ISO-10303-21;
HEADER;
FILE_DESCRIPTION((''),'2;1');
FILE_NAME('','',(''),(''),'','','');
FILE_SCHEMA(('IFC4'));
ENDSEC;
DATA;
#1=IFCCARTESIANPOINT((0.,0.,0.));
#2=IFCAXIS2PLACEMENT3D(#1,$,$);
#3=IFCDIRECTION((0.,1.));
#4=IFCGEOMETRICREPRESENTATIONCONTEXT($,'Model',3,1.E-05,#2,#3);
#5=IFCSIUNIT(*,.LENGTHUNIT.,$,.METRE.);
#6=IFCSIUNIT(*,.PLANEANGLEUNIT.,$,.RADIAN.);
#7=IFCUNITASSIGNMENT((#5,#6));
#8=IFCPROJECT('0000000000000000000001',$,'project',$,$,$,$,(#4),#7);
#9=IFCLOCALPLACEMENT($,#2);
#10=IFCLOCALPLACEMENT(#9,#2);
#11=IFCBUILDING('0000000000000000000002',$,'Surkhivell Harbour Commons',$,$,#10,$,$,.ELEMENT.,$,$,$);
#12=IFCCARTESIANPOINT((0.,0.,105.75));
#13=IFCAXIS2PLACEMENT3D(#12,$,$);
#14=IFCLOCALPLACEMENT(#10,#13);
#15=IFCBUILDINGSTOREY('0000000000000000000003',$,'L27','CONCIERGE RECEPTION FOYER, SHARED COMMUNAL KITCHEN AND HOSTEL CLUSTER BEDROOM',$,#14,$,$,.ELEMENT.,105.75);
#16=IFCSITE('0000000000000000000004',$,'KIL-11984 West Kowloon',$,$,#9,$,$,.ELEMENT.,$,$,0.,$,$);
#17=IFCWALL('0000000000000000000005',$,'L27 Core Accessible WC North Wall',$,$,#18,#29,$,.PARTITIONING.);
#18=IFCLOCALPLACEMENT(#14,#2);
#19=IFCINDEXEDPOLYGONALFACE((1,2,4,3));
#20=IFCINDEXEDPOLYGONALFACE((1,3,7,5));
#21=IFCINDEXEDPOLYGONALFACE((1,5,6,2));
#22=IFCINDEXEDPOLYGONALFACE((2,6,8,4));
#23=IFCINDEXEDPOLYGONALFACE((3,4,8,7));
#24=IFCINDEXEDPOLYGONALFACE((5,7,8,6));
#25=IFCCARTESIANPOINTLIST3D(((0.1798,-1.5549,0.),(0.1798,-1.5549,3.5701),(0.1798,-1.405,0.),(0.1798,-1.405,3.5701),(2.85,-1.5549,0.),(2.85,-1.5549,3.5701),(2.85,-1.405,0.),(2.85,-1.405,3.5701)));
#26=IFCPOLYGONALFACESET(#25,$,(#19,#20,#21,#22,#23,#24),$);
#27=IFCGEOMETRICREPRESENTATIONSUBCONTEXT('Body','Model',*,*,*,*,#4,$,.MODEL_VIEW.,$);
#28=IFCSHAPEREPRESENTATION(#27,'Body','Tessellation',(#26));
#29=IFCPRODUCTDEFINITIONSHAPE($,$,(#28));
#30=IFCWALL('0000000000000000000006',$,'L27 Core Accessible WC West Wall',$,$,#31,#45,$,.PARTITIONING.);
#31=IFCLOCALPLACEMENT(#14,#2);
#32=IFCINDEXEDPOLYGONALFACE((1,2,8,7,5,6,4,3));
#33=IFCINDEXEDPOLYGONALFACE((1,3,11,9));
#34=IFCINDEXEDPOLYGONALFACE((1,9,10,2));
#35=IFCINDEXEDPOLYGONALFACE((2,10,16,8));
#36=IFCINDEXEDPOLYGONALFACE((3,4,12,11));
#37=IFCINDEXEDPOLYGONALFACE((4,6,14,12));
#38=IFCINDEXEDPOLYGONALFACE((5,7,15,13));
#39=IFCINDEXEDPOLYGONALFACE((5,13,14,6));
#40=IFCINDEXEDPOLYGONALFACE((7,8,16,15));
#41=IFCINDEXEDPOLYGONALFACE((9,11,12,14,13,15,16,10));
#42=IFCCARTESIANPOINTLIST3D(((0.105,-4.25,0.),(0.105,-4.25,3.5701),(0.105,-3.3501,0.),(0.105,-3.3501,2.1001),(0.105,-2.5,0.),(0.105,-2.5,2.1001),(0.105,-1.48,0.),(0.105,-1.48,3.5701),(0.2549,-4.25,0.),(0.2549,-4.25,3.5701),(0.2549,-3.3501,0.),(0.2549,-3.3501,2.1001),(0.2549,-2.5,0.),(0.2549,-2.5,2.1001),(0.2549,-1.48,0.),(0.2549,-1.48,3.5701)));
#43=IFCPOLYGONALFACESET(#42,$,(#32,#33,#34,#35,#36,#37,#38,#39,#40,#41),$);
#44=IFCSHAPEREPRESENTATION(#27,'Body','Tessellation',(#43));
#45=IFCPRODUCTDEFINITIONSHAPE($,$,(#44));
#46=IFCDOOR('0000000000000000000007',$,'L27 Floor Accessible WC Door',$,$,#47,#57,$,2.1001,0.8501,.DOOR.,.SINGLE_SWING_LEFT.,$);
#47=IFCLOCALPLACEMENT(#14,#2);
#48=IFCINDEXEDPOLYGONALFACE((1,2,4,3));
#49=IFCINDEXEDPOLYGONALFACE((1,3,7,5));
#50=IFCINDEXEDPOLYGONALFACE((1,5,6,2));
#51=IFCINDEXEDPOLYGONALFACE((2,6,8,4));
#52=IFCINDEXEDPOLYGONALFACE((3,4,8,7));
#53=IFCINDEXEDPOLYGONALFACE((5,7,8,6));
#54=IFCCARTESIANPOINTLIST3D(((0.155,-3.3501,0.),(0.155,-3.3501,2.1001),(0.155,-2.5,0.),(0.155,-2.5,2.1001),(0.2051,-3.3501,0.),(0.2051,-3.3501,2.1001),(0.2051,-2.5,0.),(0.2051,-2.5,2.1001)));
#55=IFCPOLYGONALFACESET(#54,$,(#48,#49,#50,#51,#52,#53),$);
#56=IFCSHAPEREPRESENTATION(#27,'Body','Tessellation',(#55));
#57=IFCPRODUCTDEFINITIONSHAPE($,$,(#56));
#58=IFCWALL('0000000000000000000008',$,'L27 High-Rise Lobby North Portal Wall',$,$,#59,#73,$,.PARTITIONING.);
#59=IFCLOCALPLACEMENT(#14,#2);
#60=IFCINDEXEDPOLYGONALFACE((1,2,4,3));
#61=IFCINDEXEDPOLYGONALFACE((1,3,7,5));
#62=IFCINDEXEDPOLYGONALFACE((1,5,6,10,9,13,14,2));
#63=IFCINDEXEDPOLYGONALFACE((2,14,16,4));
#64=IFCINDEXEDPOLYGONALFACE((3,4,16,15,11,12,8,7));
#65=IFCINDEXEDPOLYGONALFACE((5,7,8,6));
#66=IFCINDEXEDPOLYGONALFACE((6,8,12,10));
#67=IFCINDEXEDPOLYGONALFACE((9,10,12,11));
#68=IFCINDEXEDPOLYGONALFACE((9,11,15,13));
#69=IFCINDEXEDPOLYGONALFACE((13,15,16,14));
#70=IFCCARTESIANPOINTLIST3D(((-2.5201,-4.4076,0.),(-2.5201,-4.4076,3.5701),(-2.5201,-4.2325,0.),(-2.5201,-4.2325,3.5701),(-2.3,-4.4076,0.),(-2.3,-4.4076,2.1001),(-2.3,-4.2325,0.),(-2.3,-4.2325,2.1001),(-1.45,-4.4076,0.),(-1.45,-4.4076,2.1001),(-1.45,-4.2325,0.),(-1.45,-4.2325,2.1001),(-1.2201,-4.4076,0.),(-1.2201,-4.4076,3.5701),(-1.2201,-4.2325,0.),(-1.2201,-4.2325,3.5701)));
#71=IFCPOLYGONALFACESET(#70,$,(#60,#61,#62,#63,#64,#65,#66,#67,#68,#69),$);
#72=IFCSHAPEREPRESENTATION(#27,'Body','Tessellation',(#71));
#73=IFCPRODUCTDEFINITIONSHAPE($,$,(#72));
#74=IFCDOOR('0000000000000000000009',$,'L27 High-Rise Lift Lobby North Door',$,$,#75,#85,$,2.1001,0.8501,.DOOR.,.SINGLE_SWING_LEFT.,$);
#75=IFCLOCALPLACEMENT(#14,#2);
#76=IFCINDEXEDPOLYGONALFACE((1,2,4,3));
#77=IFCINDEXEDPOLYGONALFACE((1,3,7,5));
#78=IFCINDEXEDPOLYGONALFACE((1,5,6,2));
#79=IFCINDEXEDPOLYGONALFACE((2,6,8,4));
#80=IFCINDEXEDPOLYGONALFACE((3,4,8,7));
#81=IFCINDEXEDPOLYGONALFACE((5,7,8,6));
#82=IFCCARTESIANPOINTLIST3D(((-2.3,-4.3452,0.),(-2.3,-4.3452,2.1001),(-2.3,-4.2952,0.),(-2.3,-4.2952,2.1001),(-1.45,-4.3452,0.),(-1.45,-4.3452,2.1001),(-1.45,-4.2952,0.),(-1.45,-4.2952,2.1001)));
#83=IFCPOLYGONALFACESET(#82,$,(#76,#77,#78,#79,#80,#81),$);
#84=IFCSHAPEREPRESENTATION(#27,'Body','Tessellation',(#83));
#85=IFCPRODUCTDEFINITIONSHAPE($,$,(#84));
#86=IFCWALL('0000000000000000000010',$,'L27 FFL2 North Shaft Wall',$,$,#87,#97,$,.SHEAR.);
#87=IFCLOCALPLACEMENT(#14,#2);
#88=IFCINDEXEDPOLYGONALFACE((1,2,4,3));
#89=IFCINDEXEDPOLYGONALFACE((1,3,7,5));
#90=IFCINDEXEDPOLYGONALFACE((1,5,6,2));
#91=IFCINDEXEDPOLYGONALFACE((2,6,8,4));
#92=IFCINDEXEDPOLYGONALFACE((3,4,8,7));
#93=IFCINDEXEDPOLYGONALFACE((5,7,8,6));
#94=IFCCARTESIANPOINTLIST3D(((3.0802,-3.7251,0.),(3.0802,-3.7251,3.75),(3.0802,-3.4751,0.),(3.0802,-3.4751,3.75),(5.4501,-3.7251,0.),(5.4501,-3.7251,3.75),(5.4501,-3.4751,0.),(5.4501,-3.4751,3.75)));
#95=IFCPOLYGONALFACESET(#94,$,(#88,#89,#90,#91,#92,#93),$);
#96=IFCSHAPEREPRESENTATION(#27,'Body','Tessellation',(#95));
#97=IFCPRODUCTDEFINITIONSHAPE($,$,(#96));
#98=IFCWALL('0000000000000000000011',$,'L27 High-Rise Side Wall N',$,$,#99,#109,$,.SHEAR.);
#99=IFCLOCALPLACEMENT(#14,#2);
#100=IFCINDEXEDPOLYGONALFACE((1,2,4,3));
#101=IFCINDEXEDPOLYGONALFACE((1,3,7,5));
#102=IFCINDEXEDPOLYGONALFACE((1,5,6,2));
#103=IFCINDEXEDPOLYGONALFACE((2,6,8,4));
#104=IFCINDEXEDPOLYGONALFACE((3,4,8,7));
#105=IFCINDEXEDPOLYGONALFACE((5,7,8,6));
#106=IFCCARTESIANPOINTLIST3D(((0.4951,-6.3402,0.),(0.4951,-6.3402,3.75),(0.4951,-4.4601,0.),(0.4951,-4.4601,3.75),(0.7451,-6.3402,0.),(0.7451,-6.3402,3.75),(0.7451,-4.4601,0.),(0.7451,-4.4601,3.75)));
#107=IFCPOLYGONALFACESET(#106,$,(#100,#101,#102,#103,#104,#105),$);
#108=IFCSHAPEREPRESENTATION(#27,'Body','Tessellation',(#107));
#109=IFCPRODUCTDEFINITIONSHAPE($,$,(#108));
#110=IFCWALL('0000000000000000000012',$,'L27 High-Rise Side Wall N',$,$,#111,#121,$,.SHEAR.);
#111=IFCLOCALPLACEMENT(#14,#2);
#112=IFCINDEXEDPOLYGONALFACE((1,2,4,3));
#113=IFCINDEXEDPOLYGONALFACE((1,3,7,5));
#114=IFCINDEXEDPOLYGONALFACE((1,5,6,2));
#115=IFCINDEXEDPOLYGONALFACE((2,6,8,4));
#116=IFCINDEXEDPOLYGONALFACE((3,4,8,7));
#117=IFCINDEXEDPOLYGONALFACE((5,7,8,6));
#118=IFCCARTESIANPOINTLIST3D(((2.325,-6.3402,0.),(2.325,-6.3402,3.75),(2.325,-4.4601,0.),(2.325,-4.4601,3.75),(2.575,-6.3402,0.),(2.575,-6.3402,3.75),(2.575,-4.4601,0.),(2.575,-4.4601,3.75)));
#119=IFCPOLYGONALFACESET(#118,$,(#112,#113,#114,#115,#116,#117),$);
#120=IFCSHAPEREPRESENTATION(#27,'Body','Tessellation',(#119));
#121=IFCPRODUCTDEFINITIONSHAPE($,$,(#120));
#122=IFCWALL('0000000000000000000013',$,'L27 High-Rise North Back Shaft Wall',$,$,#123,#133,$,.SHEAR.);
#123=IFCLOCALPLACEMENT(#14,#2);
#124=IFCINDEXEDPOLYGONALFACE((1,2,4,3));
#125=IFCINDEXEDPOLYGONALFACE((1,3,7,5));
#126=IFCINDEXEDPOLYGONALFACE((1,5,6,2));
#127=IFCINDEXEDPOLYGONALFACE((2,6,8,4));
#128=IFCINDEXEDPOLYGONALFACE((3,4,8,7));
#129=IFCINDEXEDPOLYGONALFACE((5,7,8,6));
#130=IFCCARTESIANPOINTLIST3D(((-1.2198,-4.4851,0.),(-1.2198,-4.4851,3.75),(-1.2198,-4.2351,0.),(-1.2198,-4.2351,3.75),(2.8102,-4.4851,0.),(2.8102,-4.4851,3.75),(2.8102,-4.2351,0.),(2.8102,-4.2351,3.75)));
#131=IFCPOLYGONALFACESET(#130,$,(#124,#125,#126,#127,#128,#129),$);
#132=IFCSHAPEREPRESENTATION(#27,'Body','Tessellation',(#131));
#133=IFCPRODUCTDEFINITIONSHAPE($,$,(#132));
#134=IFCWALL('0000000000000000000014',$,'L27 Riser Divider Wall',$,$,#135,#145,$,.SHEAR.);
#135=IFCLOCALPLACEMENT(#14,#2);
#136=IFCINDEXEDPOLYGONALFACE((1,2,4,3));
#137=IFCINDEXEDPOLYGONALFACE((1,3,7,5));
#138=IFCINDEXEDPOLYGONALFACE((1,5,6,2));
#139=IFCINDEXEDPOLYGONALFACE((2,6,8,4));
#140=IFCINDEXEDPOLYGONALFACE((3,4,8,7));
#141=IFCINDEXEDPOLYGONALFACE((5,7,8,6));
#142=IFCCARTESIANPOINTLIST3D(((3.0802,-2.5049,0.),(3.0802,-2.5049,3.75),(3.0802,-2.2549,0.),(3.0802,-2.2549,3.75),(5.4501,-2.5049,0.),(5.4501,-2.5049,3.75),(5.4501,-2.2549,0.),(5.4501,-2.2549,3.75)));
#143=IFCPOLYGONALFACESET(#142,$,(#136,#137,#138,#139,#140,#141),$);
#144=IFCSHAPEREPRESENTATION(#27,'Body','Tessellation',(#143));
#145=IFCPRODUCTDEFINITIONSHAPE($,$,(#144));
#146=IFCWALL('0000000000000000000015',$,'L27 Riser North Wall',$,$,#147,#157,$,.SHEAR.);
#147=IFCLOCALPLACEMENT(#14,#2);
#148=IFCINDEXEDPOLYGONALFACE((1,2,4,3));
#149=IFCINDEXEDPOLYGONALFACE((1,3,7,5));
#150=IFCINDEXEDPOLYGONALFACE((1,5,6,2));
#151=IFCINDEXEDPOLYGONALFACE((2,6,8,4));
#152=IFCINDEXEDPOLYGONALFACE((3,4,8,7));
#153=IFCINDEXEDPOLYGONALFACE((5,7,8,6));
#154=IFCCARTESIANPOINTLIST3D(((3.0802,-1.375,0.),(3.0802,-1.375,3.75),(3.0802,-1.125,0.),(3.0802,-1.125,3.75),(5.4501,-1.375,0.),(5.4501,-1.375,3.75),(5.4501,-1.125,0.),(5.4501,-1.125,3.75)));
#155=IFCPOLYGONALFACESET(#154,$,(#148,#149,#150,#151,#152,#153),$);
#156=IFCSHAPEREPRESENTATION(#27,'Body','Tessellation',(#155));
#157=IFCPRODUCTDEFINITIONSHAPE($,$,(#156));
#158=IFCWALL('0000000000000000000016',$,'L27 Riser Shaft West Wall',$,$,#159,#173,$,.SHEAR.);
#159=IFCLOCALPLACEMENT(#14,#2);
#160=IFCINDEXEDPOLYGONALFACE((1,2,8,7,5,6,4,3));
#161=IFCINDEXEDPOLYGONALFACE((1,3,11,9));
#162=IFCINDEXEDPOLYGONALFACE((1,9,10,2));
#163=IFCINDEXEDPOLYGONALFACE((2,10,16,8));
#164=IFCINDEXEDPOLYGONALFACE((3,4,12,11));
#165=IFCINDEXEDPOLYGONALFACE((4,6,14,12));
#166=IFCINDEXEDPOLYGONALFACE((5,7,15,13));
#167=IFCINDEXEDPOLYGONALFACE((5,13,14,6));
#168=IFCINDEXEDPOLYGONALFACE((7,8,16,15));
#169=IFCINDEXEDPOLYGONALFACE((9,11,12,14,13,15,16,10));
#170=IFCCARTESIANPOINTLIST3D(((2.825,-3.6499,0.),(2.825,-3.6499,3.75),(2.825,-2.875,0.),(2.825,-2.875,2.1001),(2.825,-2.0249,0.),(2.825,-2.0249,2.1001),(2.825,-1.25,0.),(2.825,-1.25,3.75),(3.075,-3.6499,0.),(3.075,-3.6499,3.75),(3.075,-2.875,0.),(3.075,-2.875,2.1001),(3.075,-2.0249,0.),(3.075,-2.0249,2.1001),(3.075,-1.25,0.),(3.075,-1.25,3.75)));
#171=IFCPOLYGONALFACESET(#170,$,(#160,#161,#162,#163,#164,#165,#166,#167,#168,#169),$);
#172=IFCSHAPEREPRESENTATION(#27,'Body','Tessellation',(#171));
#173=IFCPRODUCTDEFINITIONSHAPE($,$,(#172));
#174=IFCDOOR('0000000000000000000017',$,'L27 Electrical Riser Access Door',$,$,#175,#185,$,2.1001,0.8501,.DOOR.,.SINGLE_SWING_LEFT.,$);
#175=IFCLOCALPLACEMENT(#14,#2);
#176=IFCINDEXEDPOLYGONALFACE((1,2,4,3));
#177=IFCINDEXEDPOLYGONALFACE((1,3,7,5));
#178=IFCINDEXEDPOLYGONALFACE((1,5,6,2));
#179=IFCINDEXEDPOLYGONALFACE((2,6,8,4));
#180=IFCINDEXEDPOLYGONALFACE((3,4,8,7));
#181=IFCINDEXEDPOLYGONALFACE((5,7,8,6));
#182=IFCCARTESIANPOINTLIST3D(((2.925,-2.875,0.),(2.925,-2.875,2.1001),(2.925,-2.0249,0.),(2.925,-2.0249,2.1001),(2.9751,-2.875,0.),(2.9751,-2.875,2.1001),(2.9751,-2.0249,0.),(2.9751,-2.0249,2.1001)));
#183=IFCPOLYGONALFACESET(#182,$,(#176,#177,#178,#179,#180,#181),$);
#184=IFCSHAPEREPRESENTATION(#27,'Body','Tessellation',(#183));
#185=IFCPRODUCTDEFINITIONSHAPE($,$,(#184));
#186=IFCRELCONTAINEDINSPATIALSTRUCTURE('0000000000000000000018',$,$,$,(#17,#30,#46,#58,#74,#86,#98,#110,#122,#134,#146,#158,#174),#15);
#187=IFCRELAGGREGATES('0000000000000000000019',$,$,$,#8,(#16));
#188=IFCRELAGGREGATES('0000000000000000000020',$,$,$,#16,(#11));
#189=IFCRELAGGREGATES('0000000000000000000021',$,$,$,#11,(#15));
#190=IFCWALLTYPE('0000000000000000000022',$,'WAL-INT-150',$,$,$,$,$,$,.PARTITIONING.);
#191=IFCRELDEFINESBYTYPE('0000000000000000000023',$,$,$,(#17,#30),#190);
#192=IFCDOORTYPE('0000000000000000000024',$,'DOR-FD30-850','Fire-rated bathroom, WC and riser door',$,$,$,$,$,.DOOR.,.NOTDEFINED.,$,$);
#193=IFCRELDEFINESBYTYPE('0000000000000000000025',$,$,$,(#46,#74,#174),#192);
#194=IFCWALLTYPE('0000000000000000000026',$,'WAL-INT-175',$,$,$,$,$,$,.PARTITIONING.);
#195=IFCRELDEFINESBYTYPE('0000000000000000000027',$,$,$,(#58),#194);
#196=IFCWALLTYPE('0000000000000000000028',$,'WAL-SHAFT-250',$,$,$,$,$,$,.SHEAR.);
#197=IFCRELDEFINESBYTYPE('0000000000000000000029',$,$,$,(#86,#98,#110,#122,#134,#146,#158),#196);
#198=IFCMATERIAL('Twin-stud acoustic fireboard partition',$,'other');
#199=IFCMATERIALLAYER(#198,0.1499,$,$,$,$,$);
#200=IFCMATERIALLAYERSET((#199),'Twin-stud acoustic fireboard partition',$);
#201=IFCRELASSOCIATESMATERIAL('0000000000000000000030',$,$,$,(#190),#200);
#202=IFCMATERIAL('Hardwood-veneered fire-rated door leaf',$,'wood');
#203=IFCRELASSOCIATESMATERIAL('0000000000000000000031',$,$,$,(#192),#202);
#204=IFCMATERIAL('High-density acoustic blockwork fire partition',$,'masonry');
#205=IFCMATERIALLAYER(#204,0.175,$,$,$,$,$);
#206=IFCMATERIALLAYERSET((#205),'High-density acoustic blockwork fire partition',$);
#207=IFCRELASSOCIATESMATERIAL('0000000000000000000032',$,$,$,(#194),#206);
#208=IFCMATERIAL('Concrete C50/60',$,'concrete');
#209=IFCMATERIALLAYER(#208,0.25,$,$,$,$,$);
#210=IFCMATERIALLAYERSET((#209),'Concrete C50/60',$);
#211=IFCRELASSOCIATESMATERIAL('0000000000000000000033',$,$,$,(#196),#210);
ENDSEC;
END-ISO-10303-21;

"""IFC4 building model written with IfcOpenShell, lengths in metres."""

from ifc_helpers import new_model, si_unit, direction, frame, frame_2d, origin, place, context, subcontext, project, spatial, rectangle, extrude, material, layer, layer_set, type_object, element, fill, save


model = new_model("IFC4")

# Units and contexts
model_context = context("Model", 3, precision=1e-05, world=origin(), true_north=direction((0.0, 1.0)))
body_context = subcontext(model_context, "Body", "Model", "MODEL_VIEW")
ifc_project = project(units=[si_unit("LENGTHUNIT", "METRE"), si_unit("PLANEANGLEUNIT", "RADIAN")], contexts=[model_context])

# Site, building, storey
site_placement = place(None, origin())
site = spatial("IfcSite", under=ifc_project, at=site_placement, Name="KIL-11984 West Kowloon", CompositionType="ELEMENT", RefElevation=0.0)
building_placement = place(site_placement, origin())
building = spatial("IfcBuilding", under=site, at=building_placement, Name="Surkhivell Harbour Commons", CompositionType="ELEMENT")
storey_placement = place(building_placement, frame((0.0, 0.0, 105.75)))
storey = spatial("IfcBuildingStorey", under=building, at=storey_placement, Name="L27", Description="CONCIERGE RECEPTION FOYER, SHARED COMMUNAL KITCHEN AND HOSTEL CLUSTER BEDROOM", CompositionType="ELEMENT", Elevation=105.75)

# Wall
ifc_material_1 = material(Name="Twin-stud acoustic fireboard partition", Category="other")
ifc_layer_1 = layer(ifc_material_1, 0.1499)
ifc_layer_set_1 = layer_set([ifc_layer_1], Name="Twin-stud acoustic fireboard partition")
wall_type_1 = type_object("IfcWallType", Name="WAL-INT-150", PredefinedType="PARTITIONING", material=ifc_layer_set_1)
wall_1_placement = place(storey_placement, frame((0.1799, -1.48, 0.0), z_axis=(0.0, 0.0, 1.0), x_axis=(1.0, 0.0, 0.0)))
element("IfcWall", 1, at=wall_1_placement, inside=storey, type_object=wall_type_1, Name="L27 Core Accessible WC North Wall", PredefinedType="PARTITIONING", context=body_context, shape_type="SweptSolid", body=[
    extrude(rectangle(XDim=2.6702, YDim=0.1499, at=frame_2d((1.335, 0.0))), origin(), (0.0, 0.0, 1.0), 3.5701),
])

# Walls, openings, doors
wall_2_placement = place(storey_placement, frame((0.1799, -4.25, 0.0), z_axis=(0.0, 0.0, 1.0), x_axis=(0.0, 1.0, 0.0)))
wall_2 = element("IfcWall", 2, at=wall_2_placement, inside=storey, type_object=wall_type_1, Name="L27 Core Accessible WC West Wall", PredefinedType="PARTITIONING", context=body_context, shape_type="SweptSolid", body=[
    extrude(rectangle(XDim=2.77, YDim=0.1499, at=frame_2d((1.385, 0.0))), origin(), (0.0, 0.0, 1.0), 3.5701),
])
opening_1_placement = place(wall_2_placement, frame((0.8999, 0.0, 0.0)))
opening_1 = element("IfcOpeningElement", 3, at=opening_1_placement, cuts=wall_2, PredefinedType="OPENING", context=body_context, shape_type="SweptSolid", body=[
    extrude(rectangle(XDim=0.8501, YDim=2.1001, at=frame_2d((0.425, 1.05))), frame((0.0, 0.085, 0.0), z_axis=(0.0, -1.0, 0.0), x_axis=(1.0, 0.0, 0.0)), (0.0, 0.0, 1.0), 0.1699),
])
ifc_material_2 = material(Name="Hardwood-veneered fire-rated door leaf", Category="wood")
door_type = type_object("IfcDoorType", Name="DOR-FD30-850", Description="Fire-rated bathroom, WC and riser door", OperationType="NOTDEFINED", PredefinedType="DOOR", material=ifc_material_2)
door_1_placement = place(opening_1_placement, origin())
door_1 = element("IfcDoor", 4, at=door_1_placement, inside=storey, type_object=door_type, Name="L27 Floor Accessible WC Door", OperationType="SINGLE_SWING_LEFT", OverallHeight=2.1001, OverallWidth=0.8501, PredefinedType="DOOR", context=body_context, shape_type="SweptSolid", body=[
    extrude(rectangle(XDim=0.8501, YDim=2.1001, at=frame_2d((0.425, 1.05))), frame((0.0, 0.0249, 0.0), z_axis=(0.0, -1.0, 0.0), x_axis=(1.0, 0.0, 0.0)), (0.0, 0.0, 1.0), 0.05),
])
fill(opening_1, door_1)
ifc_material_3 = material(Name="High-density acoustic blockwork fire partition", Category="masonry")
ifc_layer_2 = layer(ifc_material_3, 0.175)
ifc_layer_set_2 = layer_set([ifc_layer_2], Name="High-density acoustic blockwork fire partition")
wall_type_2 = type_object("IfcWallType", Name="WAL-INT-175", PredefinedType="PARTITIONING", material=ifc_layer_set_2)
wall_3_placement = place(storey_placement, frame((-2.52, -4.3201, 0.0), z_axis=(0.0, 0.0, 1.0), x_axis=(1.0, 0.0, 0.0)))
wall_3 = element("IfcWall", 5, at=wall_3_placement, inside=storey, type_object=wall_type_2, Name="L27 High-Rise Lobby North Portal Wall", PredefinedType="PARTITIONING", context=body_context, shape_type="SweptSolid", body=[
    extrude(rectangle(XDim=1.3, YDim=0.175, at=frame_2d((0.6499, 0.0))), origin(), (0.0, 0.0, 1.0), 3.5701),
])
opening_2_placement = place(wall_3_placement, frame((0.22, 0.0, 0.0)))
opening_2 = element("IfcOpeningElement", 6, at=opening_2_placement, cuts=wall_3, PredefinedType="OPENING", context=body_context, shape_type="SweptSolid", body=[
    extrude(rectangle(XDim=0.8501, YDim=2.1001, at=frame_2d((0.425, 1.05))), frame((0.0, 0.0974, 0.0), z_axis=(0.0, -1.0, 0.0), x_axis=(1.0, 0.0, 0.0)), (0.0, 0.0, 1.0), 0.1951),
])
door_2_placement = place(opening_2_placement, origin())
door_2 = element("IfcDoor", 7, at=door_2_placement, inside=storey, type_object=door_type, Name="L27 High-Rise Lift Lobby North Door", OperationType="SINGLE_SWING_LEFT", OverallHeight=2.1001, OverallWidth=0.8501, PredefinedType="DOOR", context=body_context, shape_type="SweptSolid", body=[
    extrude(rectangle(XDim=0.8501, YDim=2.1001, at=frame_2d((0.425, 1.05))), frame((0.0, 0.0249, 0.0), z_axis=(0.0, -1.0, 0.0), x_axis=(1.0, 0.0, 0.0)), (0.0, 0.0, 1.0), 0.05),
])
fill(opening_2, door_2)

# Walls
ifc_material_4 = material(Name="Concrete C50/60", Category="concrete")
ifc_layer_3 = layer(ifc_material_4, 0.25)
ifc_layer_set_3 = layer_set([ifc_layer_3], Name="Concrete C50/60")
wall_type_3 = type_object("IfcWallType", Name="WAL-SHAFT-250", PredefinedType="SHEAR", material=ifc_layer_set_3)
wall_4_placement = place(storey_placement, frame((3.0801, -3.6001, 0.0), z_axis=(0.0, 0.0, 1.0), x_axis=(1.0, 0.0, 0.0)))
element("IfcWall", 8, at=wall_4_placement, inside=storey, type_object=wall_type_3, Name="L27 FFL2 North Shaft Wall", PredefinedType="SHEAR", context=body_context, shape_type="SweptSolid", body=[
    extrude(rectangle(XDim=2.3699, YDim=0.25, at=frame_2d((1.1851, 0.0))), origin(), (0.0, 0.0, 1.0), 3.75),
])
for number, where, z_axis, x_axis, name in (
    (9, (0.6201, -6.3401, 0.0), (0.0, 0.0, 1.0), (0.0, 1.0, 0.0), "L27 High-Rise Side Wall N"),
    (10, (2.45, -6.3401, 0.0), (0.0, 0.0, 1.0), (0.0, 1.0, 0.0), "L27 High-Rise Side Wall N"),
):
    element("IfcWall", number, at=place(storey_placement, frame(where, z_axis=z_axis, x_axis=x_axis)), inside=storey, type_object=wall_type_3, Name=name, PredefinedType="SHEAR", context=body_context, shape_type="SweptSolid", body=[
        extrude(rectangle(XDim=1.8801, YDim=0.25, at=frame_2d((0.9399, 0.0))), origin(), (0.0, 0.0, 1.0), 3.75),
    ])
wall_5_placement = place(storey_placement, frame((-1.22, -4.3601, 0.0), z_axis=(0.0, 0.0, 1.0), x_axis=(1.0, 0.0, 0.0)))
element("IfcWall", 11, at=wall_5_placement, inside=storey, type_object=wall_type_3, Name="L27 High-Rise North Back Shaft Wall", PredefinedType="SHEAR", context=body_context, shape_type="SweptSolid", body=[
    extrude(rectangle(XDim=4.03, YDim=0.25, at=frame_2d((2.0151, 0.0))), origin(), (0.0, 0.0, 1.0), 3.75),
])
for number, where, z_axis, x_axis, name in (
    (12, (3.0801, -2.3799, 0.0), (0.0, 0.0, 1.0), (1.0, 0.0, 0.0), "L27 Riser Divider Wall"),
    (13, (3.0801, -1.25, 0.0), (0.0, 0.0, 1.0), (1.0, 0.0, 0.0), "L27 Riser North Wall"),
):
    element("IfcWall", number, at=place(storey_placement, frame(where, z_axis=z_axis, x_axis=x_axis)), inside=storey, type_object=wall_type_3, Name=name, PredefinedType="SHEAR", context=body_context, shape_type="SweptSolid", body=[
        extrude(rectangle(XDim=2.3699, YDim=0.25, at=frame_2d((1.1851, 0.0))), origin(), (0.0, 0.0, 1.0), 3.75),
    ])

# Wall, opening, door
wall_6_placement = place(storey_placement, frame((2.95, -3.6499, 0.0), z_axis=(0.0, 0.0, 1.0), x_axis=(0.0, 1.0, 0.0)))
wall_6 = element("IfcWall", 14, at=wall_6_placement, inside=storey, type_object=wall_type_3, Name="L27 Riser Shaft West Wall", PredefinedType="SHEAR", context=body_context, shape_type="SweptSolid", body=[
    extrude(rectangle(XDim=2.3999, YDim=0.25, at=frame_2d((1.2, 0.0))), origin(), (0.0, 0.0, 1.0), 3.75),
])
opening_3_placement = place(wall_6_placement, frame((0.7749, 0.0, 0.0)))
opening_3 = element("IfcOpeningElement", 15, at=opening_3_placement, cuts=wall_6, PredefinedType="OPENING", context=body_context, shape_type="SweptSolid", body=[
    extrude(rectangle(XDim=0.8501, YDim=2.1001, at=frame_2d((0.425, 1.05))), frame((0.0, 0.135, 0.0), z_axis=(0.0, -1.0, 0.0), x_axis=(1.0, 0.0, 0.0)), (0.0, 0.0, 1.0), 0.27),
])
door_3_placement = place(opening_3_placement, origin())
door_3 = element("IfcDoor", 16, at=door_3_placement, inside=storey, type_object=door_type, Name="L27 Electrical Riser Access Door", OperationType="SINGLE_SWING_LEFT", OverallHeight=2.1001, OverallWidth=0.8501, PredefinedType="DOOR", context=body_context, shape_type="SweptSolid", body=[
    extrude(rectangle(XDim=0.8501, YDim=2.1001, at=frame_2d((0.425, 1.05))), frame((0.0, 0.0249, 0.0), z_axis=(0.0, -1.0, 0.0), x_axis=(1.0, 0.0, 0.0)), (0.0, 0.0, 1.0), 0.05),
])
fill(opening_3, door_3)

save(model, "model.ifc")
